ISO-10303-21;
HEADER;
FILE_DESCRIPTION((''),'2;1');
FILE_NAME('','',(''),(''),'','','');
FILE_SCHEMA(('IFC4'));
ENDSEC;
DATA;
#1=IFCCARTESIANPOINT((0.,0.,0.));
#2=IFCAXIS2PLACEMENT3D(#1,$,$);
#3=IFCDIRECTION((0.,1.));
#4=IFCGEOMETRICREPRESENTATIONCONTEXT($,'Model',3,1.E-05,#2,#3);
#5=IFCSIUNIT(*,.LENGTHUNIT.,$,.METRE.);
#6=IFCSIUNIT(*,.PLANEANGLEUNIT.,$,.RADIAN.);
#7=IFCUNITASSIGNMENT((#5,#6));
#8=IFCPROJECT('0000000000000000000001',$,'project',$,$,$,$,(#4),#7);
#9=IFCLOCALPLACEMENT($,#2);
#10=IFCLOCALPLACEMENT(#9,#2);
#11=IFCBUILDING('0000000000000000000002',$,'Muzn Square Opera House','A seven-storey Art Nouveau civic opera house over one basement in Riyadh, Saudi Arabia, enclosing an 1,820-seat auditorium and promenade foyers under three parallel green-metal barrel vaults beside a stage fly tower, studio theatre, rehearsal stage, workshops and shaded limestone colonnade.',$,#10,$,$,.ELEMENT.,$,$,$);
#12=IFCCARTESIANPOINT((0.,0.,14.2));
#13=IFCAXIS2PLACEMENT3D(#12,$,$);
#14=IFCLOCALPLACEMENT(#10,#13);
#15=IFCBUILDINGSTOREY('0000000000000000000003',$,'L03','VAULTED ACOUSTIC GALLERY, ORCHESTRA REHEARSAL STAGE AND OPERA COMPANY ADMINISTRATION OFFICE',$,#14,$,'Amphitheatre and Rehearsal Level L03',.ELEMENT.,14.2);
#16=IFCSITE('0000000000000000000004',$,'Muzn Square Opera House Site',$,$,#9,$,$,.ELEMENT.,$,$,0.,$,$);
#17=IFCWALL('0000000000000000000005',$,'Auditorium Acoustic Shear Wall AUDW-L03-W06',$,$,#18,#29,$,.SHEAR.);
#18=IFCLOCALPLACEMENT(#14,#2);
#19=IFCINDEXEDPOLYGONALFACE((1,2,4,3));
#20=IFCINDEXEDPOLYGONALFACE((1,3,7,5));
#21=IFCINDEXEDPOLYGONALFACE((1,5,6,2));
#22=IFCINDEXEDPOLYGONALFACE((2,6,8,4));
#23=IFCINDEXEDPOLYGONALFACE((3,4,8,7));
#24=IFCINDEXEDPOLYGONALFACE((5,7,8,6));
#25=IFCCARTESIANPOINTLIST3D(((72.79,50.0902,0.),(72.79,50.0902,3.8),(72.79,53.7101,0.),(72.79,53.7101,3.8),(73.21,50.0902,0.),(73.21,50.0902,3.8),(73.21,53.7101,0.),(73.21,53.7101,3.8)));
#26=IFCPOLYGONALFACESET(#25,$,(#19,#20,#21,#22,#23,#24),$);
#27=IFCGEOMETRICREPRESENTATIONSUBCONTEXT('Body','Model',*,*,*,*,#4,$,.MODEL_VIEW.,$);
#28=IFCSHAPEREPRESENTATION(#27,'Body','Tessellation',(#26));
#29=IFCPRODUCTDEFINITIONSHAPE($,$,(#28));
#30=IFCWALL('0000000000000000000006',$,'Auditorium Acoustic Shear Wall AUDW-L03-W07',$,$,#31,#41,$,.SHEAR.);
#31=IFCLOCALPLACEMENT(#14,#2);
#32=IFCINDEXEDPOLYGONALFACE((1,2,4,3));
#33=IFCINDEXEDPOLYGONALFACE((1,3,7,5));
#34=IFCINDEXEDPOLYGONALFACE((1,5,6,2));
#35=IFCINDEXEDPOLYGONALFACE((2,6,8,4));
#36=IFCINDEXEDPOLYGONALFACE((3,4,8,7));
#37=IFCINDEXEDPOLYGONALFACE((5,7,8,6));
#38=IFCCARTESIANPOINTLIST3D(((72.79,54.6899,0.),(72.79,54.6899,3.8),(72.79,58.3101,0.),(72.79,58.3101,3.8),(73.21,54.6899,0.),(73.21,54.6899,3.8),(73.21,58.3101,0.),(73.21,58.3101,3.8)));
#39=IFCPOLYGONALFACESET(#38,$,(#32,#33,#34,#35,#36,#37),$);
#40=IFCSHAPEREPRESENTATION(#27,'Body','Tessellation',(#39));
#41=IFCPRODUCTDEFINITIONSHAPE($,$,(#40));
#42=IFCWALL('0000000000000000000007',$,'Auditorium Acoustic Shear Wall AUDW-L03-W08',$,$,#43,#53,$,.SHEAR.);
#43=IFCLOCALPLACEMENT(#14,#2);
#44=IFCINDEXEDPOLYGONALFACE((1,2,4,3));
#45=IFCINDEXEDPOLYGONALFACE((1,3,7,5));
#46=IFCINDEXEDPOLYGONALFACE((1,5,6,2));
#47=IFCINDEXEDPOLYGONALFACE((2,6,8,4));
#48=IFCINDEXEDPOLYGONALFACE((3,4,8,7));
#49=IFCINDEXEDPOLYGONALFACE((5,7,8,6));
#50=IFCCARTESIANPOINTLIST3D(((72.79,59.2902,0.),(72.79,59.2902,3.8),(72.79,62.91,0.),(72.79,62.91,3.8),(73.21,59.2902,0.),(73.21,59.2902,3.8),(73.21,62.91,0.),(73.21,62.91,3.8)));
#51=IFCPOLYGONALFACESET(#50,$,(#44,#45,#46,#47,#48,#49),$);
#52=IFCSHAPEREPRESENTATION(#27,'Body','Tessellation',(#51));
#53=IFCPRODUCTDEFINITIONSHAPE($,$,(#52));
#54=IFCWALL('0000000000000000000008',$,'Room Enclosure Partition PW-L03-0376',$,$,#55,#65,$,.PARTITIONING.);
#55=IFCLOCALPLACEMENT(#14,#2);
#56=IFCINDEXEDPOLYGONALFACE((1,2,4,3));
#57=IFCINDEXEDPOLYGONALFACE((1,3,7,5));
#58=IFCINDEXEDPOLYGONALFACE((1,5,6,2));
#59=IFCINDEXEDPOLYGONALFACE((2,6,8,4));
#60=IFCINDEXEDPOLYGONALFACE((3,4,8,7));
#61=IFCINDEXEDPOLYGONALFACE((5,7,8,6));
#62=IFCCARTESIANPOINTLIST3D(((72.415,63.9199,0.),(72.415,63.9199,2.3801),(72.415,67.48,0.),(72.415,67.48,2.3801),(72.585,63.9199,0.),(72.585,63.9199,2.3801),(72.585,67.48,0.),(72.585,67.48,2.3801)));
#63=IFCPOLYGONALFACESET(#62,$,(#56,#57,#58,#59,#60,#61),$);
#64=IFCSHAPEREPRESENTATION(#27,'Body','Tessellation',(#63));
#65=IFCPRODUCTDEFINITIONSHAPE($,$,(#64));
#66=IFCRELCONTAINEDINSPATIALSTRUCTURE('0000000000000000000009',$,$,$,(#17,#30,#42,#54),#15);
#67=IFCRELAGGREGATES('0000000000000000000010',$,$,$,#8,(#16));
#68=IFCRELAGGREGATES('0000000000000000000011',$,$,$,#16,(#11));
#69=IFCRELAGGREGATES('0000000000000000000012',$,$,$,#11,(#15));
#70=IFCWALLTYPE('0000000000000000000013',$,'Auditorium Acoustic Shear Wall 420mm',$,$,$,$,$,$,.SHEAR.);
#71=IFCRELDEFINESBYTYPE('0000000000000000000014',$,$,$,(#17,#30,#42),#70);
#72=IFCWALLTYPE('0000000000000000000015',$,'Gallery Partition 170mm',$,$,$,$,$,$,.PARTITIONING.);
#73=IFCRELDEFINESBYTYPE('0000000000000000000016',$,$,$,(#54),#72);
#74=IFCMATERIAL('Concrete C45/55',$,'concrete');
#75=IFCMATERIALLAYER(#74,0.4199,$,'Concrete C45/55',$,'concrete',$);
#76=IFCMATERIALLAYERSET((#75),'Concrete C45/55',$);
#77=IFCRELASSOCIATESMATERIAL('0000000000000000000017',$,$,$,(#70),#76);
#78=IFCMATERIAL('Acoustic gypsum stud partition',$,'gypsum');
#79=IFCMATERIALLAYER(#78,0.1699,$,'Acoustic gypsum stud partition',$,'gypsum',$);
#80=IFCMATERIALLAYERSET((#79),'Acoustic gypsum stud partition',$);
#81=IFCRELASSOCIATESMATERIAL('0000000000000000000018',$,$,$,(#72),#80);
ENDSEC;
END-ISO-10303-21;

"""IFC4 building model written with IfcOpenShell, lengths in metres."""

from ifc_helpers import new_model, si_unit, direction, frame, frame_2d, origin, place, context, subcontext, project, spatial, rectangle, extrude, material, layer, layer_set, type_object, element, save


model = new_model("IFC4")

# Units and contexts
model_context = context("Model", 3, precision=1e-05, world=origin(), true_north=direction((0.0, 1.0)))
body_context = subcontext(model_context, "Body", "Model", "MODEL_VIEW")
ifc_project = project(units=[si_unit("LENGTHUNIT", "METRE"), si_unit("PLANEANGLEUNIT", "RADIAN")], contexts=[model_context])

# Site, building, storey
site_placement = place(None, origin())
site = spatial("IfcSite", under=ifc_project, at=site_placement, Name="Muzn Square Opera House Site", CompositionType="ELEMENT", RefElevation=0.0)
building_placement = place(site_placement, origin())
building = spatial("IfcBuilding", under=site, at=building_placement, Name="Muzn Square Opera House", Description="A seven-storey Art Nouveau civic opera house over one basement in Riyadh, Saudi Arabia, enclosing an 1,820-seat auditorium and promenade foyers under three parallel green-metal barrel vaults beside a stage fly tower, studio theatre, rehearsal stage, workshops and shaded limestone colonnade.", CompositionType="ELEMENT")
storey_placement = place(building_placement, frame((0.0, 0.0, 14.2)))
storey = spatial("IfcBuildingStorey", under=building, at=storey_placement, Name="L03", Description="VAULTED ACOUSTIC GALLERY, ORCHESTRA REHEARSAL STAGE AND OPERA COMPANY ADMINISTRATION OFFICE", LongName="Amphitheatre and Rehearsal Level L03", CompositionType="ELEMENT", Elevation=14.2)

# Shared definitions
ifc_material_1 = material(Name="Concrete C45/55", Category="concrete")

# Walls
ifc_layer_1 = layer(ifc_material_1, 0.4199, Name="Concrete C45/55", Category="concrete")
ifc_layer_set_1 = layer_set([ifc_layer_1], Name="Concrete C45/55")
wall_type_1 = type_object("IfcWallType", Name="Auditorium Acoustic Shear Wall 420mm", PredefinedType="SHEAR", material=ifc_layer_set_1)
wall_1_placement = place(storey_placement, frame((73.0, 50.0901, 0.0), z_axis=(0.0, 0.0, 1.0), x_axis=(0.0, 1.0, 0.0)))
element("IfcWall", 1, at=wall_1_placement, inside=storey, type_object=wall_type_1, Name="Auditorium Acoustic Shear Wall AUDW-L03-W06", PredefinedType="SHEAR", context=body_context, shape_type="SweptSolid", body=[
    extrude(rectangle(XDim=3.6199, YDim=0.4199, at=frame_2d((1.8101, 0.0))), origin(), (0.0, 0.0, 1.0), 3.8),
])
wall_2_placement = place(storey_placement, frame((73.0, 54.6899, 0.0), z_axis=(0.0, 0.0, 1.0), x_axis=(0.0, 1.0, 0.0)))
element("IfcWall", 2, at=wall_2_placement, inside=storey, type_object=wall_type_1, Name="Auditorium Acoustic Shear Wall AUDW-L03-W07", PredefinedType="SHEAR", context=body_context, shape_type="SweptSolid", body=[
    extrude(rectangle(XDim=3.6201, YDim=0.4199, at=frame_2d((1.8101, 0.0))), origin(), (0.0, 0.0, 1.0), 3.8),
])
wall_3_placement = place(storey_placement, frame((73.0, 59.29, 0.0), z_axis=(0.0, 0.0, 1.0), x_axis=(0.0, 1.0, 0.0)))
element("IfcWall", 3, at=wall_3_placement, inside=storey, type_object=wall_type_1, Name="Auditorium Acoustic Shear Wall AUDW-L03-W08", PredefinedType="SHEAR", context=body_context, shape_type="SweptSolid", body=[
    extrude(rectangle(XDim=3.6199, YDim=0.4199, at=frame_2d((1.8101, 0.0))), origin(), (0.0, 0.0, 1.0), 3.8),
])

# Shared definitions
ifc_material_2 = material(Name="Acoustic gypsum stud partition", Category="gypsum")
ifc_layer_2 = layer(ifc_material_2, 0.1699, Name="Acoustic gypsum stud partition", Category="gypsum")
ifc_layer_set_2 = layer_set([ifc_layer_2], Name="Acoustic gypsum stud partition")
wall_type_2 = type_object("IfcWallType", Name="Gallery Partition 170mm", PredefinedType="PARTITIONING", material=ifc_layer_set_2)

# Wall
wall_4_placement = place(storey_placement, frame((72.5, 63.9199, 0.0), z_axis=(0.0, 0.0, 1.0), x_axis=(0.0, 1.0, 0.0)))
element("IfcWall", 4, at=wall_4_placement, inside=storey, type_object=wall_type_2, Name="Room Enclosure Partition PW-L03-0376", PredefinedType="PARTITIONING", context=body_context, shape_type="SweptSolid", body=[
    extrude(rectangle(XDim=3.5601, YDim=0.1699, at=frame_2d((1.78, 0.0))), origin(), (0.0, 0.0, 1.0), 2.3801),
])

save(model, "model.ifc")
